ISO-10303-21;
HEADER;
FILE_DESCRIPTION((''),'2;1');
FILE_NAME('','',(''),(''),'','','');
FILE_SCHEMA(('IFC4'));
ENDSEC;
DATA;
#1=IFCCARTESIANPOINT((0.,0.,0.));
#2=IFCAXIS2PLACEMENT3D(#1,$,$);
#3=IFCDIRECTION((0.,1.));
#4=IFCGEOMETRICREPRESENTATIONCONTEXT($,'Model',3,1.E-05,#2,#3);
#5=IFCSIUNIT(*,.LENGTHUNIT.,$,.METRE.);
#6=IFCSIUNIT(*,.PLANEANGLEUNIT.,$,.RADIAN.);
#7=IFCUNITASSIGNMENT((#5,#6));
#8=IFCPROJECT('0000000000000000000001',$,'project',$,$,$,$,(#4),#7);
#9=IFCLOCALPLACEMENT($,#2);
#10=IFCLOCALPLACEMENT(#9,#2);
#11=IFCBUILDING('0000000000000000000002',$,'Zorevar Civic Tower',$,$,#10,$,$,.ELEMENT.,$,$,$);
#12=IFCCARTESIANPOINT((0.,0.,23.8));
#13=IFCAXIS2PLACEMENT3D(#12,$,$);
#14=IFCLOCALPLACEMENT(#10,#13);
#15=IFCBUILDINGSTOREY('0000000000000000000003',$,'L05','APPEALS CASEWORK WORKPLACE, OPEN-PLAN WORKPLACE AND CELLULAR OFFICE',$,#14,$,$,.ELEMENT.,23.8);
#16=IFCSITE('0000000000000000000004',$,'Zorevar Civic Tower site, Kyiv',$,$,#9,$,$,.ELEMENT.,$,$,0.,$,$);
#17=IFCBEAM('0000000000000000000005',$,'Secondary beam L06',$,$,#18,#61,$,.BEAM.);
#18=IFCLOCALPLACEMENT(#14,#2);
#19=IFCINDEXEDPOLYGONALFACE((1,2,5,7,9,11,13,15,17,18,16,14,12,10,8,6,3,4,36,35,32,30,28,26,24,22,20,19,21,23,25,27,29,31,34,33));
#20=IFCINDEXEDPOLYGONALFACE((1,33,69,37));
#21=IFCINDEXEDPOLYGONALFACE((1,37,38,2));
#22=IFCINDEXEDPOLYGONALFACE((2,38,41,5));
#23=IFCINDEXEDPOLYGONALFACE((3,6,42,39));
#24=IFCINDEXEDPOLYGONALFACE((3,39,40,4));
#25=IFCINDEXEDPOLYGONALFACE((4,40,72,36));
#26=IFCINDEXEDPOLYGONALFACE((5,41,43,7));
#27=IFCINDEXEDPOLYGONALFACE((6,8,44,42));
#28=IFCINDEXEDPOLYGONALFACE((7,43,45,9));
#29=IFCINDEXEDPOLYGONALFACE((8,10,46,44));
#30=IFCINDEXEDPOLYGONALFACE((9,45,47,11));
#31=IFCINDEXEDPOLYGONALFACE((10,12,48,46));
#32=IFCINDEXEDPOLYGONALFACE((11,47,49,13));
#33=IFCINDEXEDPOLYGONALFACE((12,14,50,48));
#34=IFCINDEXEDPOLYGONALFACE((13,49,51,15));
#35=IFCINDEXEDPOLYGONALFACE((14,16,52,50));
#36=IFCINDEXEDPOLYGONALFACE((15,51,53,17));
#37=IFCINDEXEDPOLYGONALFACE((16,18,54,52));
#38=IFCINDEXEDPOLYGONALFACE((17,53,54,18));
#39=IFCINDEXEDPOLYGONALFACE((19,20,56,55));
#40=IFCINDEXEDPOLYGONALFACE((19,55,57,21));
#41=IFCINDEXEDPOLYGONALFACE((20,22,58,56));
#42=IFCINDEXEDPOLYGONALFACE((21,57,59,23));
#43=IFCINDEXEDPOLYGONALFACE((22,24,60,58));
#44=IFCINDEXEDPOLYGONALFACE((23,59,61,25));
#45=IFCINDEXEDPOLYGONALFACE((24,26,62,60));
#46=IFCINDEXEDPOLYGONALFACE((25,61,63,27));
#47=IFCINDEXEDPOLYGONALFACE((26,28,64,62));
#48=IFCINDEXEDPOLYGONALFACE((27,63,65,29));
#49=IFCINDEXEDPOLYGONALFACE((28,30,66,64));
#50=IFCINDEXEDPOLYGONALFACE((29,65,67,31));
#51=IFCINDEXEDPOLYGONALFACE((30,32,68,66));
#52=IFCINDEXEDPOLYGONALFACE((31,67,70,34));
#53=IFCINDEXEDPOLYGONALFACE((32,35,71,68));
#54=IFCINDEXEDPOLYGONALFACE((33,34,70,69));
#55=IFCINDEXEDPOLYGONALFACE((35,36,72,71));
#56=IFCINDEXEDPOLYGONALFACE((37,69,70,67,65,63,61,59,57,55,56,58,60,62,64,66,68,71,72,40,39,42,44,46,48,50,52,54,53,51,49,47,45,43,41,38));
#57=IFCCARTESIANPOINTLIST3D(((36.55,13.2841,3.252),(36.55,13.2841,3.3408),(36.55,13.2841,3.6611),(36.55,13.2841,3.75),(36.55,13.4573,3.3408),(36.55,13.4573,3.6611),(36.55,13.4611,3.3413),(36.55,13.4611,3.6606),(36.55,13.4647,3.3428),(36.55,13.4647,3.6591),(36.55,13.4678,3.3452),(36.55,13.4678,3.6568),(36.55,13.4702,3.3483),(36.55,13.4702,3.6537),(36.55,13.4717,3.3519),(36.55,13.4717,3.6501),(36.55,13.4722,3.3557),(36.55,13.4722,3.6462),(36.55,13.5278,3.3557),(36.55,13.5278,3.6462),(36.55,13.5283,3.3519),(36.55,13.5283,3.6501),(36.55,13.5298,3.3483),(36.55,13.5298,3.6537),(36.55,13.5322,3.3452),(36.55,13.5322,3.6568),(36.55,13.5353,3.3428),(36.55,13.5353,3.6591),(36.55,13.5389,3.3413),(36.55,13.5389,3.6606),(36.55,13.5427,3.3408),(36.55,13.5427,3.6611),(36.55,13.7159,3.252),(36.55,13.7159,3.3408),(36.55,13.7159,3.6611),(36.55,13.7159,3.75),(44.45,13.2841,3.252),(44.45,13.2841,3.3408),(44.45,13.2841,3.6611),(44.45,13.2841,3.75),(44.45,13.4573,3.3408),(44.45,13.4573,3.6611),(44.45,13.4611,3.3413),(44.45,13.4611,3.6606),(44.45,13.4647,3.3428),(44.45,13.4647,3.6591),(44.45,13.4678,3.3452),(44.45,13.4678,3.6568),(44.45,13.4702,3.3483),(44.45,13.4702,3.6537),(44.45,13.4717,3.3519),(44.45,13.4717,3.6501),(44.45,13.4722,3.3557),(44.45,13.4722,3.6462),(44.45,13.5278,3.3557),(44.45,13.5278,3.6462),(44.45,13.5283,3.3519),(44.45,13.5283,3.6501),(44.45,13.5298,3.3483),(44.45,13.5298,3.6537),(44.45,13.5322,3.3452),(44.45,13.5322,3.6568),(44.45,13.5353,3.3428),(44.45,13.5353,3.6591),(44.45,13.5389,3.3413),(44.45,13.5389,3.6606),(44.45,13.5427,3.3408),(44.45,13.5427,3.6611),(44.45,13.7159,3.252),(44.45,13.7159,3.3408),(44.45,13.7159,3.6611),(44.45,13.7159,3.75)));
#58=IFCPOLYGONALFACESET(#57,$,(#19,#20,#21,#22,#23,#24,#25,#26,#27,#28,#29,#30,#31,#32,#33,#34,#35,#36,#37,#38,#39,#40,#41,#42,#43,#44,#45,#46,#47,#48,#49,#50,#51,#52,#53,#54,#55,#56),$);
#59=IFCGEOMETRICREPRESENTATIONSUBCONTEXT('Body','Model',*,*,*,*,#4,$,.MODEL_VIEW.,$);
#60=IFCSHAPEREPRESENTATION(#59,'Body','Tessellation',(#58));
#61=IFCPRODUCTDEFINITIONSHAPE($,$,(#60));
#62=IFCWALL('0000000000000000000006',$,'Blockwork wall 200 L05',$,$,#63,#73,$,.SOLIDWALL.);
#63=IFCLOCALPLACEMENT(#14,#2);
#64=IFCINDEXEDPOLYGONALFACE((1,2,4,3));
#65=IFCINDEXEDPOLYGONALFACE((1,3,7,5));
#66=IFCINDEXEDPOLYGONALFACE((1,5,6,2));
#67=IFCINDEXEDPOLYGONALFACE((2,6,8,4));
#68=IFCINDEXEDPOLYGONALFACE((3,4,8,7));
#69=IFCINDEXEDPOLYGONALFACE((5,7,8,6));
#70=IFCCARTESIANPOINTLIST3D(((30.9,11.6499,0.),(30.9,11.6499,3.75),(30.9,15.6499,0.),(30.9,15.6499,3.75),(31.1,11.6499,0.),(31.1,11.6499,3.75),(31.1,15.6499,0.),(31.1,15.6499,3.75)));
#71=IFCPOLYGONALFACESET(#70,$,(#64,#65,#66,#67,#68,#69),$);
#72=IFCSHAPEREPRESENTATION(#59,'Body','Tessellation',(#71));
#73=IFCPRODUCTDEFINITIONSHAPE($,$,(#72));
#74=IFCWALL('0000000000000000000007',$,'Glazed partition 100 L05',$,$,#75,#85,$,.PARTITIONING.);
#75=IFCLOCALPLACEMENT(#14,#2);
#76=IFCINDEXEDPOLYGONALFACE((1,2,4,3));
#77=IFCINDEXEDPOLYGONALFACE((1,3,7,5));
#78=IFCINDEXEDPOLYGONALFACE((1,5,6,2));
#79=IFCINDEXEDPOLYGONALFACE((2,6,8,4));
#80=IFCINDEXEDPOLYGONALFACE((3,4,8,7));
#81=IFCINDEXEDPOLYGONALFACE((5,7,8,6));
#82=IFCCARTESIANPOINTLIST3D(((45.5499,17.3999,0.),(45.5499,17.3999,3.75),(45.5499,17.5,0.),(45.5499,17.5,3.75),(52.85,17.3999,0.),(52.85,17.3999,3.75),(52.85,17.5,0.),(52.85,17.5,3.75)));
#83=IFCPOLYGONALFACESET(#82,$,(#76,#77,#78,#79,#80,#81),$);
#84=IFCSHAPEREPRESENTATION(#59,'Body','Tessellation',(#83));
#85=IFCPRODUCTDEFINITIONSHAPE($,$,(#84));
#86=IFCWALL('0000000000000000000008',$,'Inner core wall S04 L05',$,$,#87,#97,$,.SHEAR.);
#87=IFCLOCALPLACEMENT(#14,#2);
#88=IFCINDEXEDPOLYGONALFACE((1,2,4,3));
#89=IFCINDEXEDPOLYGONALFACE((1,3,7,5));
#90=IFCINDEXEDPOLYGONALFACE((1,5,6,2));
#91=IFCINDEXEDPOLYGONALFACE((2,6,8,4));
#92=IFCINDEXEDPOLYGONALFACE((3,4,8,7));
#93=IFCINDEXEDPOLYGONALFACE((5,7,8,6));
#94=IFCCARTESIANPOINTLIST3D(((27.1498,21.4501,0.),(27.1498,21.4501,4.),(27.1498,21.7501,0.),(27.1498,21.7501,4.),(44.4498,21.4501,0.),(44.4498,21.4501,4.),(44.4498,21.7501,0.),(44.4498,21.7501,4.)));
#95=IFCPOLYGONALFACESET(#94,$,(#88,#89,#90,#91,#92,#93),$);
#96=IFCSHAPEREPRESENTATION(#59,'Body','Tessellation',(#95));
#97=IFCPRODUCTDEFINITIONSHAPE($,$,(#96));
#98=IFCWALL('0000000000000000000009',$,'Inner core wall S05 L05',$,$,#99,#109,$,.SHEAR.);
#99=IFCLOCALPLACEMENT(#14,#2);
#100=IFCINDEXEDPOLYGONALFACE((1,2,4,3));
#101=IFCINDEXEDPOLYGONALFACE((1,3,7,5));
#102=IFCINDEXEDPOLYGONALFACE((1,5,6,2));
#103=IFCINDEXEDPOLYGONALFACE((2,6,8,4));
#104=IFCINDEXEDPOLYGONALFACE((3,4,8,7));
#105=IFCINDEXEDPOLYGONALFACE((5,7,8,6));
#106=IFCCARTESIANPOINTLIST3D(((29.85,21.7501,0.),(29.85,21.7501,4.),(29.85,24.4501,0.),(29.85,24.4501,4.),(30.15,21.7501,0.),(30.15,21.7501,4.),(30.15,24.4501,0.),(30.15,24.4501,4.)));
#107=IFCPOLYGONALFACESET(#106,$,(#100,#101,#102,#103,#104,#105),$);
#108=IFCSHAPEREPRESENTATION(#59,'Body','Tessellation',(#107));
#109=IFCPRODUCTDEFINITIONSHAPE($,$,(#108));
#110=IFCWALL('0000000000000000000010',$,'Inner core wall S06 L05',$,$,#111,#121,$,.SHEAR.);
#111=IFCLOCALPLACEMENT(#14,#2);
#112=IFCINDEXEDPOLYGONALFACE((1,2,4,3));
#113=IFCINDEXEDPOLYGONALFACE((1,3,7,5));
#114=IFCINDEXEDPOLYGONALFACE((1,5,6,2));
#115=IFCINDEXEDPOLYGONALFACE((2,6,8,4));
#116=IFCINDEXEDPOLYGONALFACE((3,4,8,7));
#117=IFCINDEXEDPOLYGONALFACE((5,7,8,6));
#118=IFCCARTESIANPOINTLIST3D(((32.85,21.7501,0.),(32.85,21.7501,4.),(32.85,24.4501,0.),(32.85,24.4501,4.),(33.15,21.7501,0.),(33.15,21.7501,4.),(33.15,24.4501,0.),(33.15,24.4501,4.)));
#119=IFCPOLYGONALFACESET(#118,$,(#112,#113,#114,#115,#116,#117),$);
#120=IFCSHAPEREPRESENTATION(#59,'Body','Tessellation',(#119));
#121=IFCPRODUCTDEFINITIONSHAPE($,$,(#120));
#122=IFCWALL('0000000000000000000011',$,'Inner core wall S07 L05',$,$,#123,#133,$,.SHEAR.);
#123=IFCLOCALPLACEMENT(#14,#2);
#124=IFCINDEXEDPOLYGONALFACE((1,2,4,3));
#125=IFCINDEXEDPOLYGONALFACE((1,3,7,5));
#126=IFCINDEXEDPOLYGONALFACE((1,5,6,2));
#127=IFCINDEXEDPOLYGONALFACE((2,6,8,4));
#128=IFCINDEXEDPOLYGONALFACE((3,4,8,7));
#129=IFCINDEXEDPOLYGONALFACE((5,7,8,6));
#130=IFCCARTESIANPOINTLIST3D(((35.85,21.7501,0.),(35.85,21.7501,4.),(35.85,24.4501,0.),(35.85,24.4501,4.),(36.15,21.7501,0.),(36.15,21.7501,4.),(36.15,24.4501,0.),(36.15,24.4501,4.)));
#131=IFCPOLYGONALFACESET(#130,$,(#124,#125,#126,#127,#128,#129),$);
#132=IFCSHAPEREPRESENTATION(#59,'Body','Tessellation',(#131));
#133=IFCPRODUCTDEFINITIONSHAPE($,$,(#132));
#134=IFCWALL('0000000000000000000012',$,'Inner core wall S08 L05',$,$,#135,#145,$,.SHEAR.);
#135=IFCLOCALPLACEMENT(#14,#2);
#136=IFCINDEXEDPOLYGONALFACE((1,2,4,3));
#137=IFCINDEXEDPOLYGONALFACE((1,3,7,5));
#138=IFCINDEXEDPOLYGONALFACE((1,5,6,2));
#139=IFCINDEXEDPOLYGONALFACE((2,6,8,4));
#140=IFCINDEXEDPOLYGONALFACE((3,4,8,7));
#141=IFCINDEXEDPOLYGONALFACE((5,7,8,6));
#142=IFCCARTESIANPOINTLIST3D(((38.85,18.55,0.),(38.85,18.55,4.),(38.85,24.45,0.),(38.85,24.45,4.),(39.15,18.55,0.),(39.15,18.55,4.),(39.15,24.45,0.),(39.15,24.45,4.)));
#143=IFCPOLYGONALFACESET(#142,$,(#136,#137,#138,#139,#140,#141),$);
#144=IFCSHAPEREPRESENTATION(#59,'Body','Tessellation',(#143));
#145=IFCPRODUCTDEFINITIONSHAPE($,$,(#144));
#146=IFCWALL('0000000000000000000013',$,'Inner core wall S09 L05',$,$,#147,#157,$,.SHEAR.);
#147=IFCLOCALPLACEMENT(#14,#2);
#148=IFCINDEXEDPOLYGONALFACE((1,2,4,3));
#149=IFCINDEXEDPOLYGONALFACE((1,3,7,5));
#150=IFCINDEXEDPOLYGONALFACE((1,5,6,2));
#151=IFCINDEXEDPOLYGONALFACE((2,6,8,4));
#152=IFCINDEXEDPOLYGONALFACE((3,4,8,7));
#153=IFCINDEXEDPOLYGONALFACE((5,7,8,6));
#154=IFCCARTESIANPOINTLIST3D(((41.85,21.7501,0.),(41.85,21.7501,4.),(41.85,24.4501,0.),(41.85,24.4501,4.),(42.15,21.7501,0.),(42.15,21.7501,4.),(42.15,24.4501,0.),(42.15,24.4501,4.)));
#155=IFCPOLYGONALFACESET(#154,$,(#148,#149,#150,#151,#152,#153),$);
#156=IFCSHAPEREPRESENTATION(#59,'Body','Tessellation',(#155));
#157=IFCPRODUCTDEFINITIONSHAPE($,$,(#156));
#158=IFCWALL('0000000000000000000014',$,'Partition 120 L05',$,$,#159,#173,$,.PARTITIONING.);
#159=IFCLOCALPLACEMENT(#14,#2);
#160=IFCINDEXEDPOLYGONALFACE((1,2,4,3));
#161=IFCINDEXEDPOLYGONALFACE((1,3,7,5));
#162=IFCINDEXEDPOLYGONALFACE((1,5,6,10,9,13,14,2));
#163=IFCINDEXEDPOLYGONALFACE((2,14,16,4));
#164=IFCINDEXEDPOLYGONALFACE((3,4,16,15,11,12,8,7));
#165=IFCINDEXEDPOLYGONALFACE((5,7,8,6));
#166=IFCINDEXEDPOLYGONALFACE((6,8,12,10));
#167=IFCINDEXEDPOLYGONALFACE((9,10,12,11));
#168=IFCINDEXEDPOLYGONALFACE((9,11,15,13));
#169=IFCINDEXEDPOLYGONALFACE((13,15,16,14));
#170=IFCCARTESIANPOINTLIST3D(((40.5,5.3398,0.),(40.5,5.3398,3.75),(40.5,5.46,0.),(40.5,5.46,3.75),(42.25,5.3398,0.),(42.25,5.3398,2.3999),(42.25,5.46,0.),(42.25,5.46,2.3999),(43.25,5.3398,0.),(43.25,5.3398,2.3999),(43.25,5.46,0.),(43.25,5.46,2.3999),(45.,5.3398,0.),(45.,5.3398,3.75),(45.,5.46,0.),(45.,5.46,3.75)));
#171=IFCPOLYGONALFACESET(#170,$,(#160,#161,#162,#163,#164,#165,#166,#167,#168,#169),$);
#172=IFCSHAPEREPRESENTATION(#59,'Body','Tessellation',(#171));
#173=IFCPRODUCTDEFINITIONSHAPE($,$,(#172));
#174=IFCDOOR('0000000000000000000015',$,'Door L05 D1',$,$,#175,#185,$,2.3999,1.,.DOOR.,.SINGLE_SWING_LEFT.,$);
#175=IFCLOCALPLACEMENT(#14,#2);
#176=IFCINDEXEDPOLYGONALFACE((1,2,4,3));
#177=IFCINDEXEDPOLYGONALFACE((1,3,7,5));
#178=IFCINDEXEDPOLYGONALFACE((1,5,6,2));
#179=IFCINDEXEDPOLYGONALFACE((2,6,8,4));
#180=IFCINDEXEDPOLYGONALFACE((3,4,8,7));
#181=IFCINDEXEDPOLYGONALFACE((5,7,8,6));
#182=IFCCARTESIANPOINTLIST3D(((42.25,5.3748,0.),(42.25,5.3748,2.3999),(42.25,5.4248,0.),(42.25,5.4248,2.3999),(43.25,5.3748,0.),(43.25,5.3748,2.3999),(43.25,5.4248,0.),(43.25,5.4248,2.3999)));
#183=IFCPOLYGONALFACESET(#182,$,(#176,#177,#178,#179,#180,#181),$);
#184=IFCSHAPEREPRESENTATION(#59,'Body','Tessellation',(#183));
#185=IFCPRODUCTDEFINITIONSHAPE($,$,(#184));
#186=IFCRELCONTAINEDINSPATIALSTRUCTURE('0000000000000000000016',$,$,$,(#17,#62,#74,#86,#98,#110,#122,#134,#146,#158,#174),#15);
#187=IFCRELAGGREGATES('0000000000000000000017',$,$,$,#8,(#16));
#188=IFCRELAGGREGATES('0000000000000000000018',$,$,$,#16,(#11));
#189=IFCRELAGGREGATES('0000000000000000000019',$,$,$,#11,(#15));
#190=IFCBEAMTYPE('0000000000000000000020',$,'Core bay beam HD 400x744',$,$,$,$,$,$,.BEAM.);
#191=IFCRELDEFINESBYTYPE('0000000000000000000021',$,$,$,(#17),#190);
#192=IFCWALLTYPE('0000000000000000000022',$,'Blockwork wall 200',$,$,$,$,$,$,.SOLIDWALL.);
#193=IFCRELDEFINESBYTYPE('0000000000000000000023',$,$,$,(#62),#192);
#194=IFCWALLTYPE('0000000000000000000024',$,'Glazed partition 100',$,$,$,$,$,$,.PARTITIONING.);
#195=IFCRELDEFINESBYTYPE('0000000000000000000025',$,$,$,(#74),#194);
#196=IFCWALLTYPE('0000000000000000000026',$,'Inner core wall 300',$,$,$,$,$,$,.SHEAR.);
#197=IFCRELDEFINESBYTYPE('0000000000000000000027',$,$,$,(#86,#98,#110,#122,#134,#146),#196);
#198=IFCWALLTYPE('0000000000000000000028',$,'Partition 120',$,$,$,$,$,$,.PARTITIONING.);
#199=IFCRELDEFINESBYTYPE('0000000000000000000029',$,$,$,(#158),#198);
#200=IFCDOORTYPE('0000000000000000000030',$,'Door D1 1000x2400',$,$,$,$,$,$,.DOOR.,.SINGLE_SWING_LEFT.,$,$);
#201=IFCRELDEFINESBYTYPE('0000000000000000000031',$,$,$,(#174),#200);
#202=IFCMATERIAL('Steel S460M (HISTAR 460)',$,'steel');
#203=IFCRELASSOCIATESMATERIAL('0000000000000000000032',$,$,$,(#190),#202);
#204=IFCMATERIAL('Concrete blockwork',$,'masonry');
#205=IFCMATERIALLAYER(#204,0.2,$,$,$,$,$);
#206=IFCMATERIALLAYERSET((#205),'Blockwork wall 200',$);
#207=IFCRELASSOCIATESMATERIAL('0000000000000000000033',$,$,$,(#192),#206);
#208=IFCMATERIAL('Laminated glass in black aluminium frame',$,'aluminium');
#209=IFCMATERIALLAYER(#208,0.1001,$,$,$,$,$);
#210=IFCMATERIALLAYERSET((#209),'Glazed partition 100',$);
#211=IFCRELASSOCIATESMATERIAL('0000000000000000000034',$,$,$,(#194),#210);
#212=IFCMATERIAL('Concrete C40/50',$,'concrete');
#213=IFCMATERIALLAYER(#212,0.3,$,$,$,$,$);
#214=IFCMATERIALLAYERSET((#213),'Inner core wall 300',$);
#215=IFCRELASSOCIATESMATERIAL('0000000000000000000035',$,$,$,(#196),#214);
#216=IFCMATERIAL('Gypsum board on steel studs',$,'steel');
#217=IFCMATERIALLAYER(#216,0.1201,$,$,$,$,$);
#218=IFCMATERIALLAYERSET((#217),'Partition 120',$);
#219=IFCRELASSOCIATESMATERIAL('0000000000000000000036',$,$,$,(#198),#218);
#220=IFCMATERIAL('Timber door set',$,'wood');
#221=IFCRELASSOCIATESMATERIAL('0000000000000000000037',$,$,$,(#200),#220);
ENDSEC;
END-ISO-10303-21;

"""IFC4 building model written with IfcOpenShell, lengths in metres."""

from ifc_helpers import new_model, si_unit, direction, frame, frame_2d, origin, origin_2d, place, context, subcontext, project, spatial, rectangle, i_section, extrude, material, layer, layer_set, material_profile, profile_set, type_object, element, fill, save


model = new_model("IFC4")

# Units and contexts
model_context = context("Model", 3, precision=1e-05, world=origin(), true_north=direction((0.0, 1.0)))
body_context = subcontext(model_context, "Body", "Model", "MODEL_VIEW")
ifc_project = project(units=[si_unit("LENGTHUNIT", "METRE"), si_unit("PLANEANGLEUNIT", "RADIAN")], contexts=[model_context])

# Site, building, storey
site_placement = place(None, origin())
site = spatial("IfcSite", under=ifc_project, at=site_placement, Name="Zorevar Civic Tower site, Kyiv", CompositionType="ELEMENT", RefElevation=0.0)
building_placement = place(site_placement, origin())
building = spatial("IfcBuilding", under=site, at=building_placement, Name="Zorevar Civic Tower", CompositionType="ELEMENT")
storey_placement = place(building_placement, frame((0.0, 0.0, 23.8)))
storey = spatial("IfcBuildingStorey", under=building, at=storey_placement, Name="L05", Description="APPEALS CASEWORK WORKPLACE, OPEN-PLAN WORKPLACE AND CELLULAR OFFICE", CompositionType="ELEMENT", Elevation=23.8)

# Beam
ifc_material_1 = material(Name="Steel S460M (HISTAR 460)", Category="steel")
ifc_material_profile_1 = material_profile(ifc_material_1, i_section(OverallWidth=0.4319, OverallDepth=0.498, WebThickness=0.0557, FlangeThickness=0.0889, FilletRadius=0.0149, at=origin_2d()), Name="HD 400x744")
ifc_profile_set_1 = profile_set([ifc_material_profile_1], Name="Steel S460M (HISTAR 460)")
beam_type_1 = type_object("IfcBeamType", Name="Core bay beam HD 400x744", PredefinedType="BEAM", material=ifc_profile_set_1)
for number, where, z_axis, x_axis, name in (
    (1, (36.55, 13.5, 3.501), (1.0, 0.0, 0.0), (0.0, 1.0, 0.0), "Secondary beam L06"),
):
    element("IfcBeam", number, at=place(storey_placement, frame(where, z_axis=z_axis, x_axis=x_axis)), inside=storey, type_object=beam_type_1, Name=name, PredefinedType="BEAM", context=body_context, shape_type="SweptSolid", body=[
        extrude(i_section(OverallWidth=0.4319, OverallDepth=0.498, WebThickness=0.0557, FlangeThickness=0.0889, FilletRadius=0.0149, at=origin_2d()), origin(), (0.0, 0.0, 1.0), 7.8999),
    ])

# Wall
ifc_material_2 = material(Name="Concrete blockwork", Category="masonry")
ifc_layer_1 = layer(ifc_material_2, 0.2)
ifc_layer_set_1 = layer_set([ifc_layer_1], Name="Blockwork wall 200")
wall_type_1 = type_object("IfcWallType", Name="Blockwork wall 200", PredefinedType="SOLIDWALL", material=ifc_layer_set_1)
wall_1_placement = place(storey_placement, frame((31.0, 11.6499, 0.0), z_axis=(0.0, 0.0, 1.0), x_axis=(0.0, 1.0, 0.0)))
element("IfcWall", 2, at=wall_1_placement, inside=storey, type_object=wall_type_1, Name="Blockwork wall 200 L05", PredefinedType="SOLIDWALL", context=body_context, shape_type="SweptSolid", body=[
    extrude(rectangle(XDim=4.0, YDim=0.2, at=frame_2d((2.0, 0.0))), origin(), (0.0, 0.0, 1.0), 3.75),
])

# Walls
ifc_material_3 = material(Name="Laminated glass in black aluminium frame", Category="aluminium")
ifc_layer_2 = layer(ifc_material_3, 0.1001)
ifc_layer_set_2 = layer_set([ifc_layer_2], Name="Glazed partition 100")
wall_type_2 = type_object("IfcWallType", Name="Glazed partition 100", PredefinedType="PARTITIONING", material=ifc_layer_set_2)
wall_2_placement = place(storey_placement, frame((45.55, 17.45, 0.0), z_axis=(0.0, 0.0, 1.0), x_axis=(1.0, 0.0, 0.0)))
element("IfcWall", 3, at=wall_2_placement, inside=storey, type_object=wall_type_2, Name="Glazed partition 100 L05", PredefinedType="PARTITIONING", context=body_context, shape_type="SweptSolid", body=[
    extrude(rectangle(XDim=7.3, YDim=0.1001, at=frame_2d((3.6499, 0.0))), origin(), (0.0, 0.0, 1.0), 3.75),
])
ifc_material_4 = material(Name="Concrete C40/50", Category="concrete")
ifc_layer_3 = layer(ifc_material_4, 0.3)
ifc_layer_set_3 = layer_set([ifc_layer_3], Name="Inner core wall 300")
wall_type_3 = type_object("IfcWallType", Name="Inner core wall 300", PredefinedType="SHEAR", material=ifc_layer_set_3)
wall_3_placement = place(storey_placement, frame((27.1499, 21.6001, 0.0), z_axis=(0.0, 0.0, 1.0), x_axis=(1.0, 0.0, 0.0)))
element("IfcWall", 4, at=wall_3_placement, inside=storey, type_object=wall_type_3, Name="Inner core wall S04 L05", PredefinedType="SHEAR", context=body_context, shape_type="SweptSolid", body=[
    extrude(rectangle(XDim=17.3, YDim=0.3, at=frame_2d((8.6499, 0.0))), origin(), (0.0, 0.0, 1.0), 4.0),
])
for number, where, z_axis, x_axis, name in (
    (5, (30.0, 21.75, 0.0), (0.0, 0.0, 1.0), (0.0, 1.0, 0.0), "Inner core wall S05 L05"),
    (6, (33.0, 21.75, 0.0), (0.0, 0.0, 1.0), (0.0, 1.0, 0.0), "Inner core wall S06 L05"),
    (7, (36.0, 21.75, 0.0), (0.0, 0.0, 1.0), (0.0, 1.0, 0.0), "Inner core wall S07 L05"),
):
    element("IfcWall", number, at=place(storey_placement, frame(where, z_axis=z_axis, x_axis=x_axis)), inside=storey, type_object=wall_type_3, Name=name, PredefinedType="SHEAR", context=body_context, shape_type="SweptSolid", body=[
        extrude(rectangle(XDim=2.7, YDim=0.3, at=frame_2d((1.3501, 0.0))), origin(), (0.0, 0.0, 1.0), 4.0),
    ])
wall_4_placement = place(storey_placement, frame((39.0, 18.55, 0.0), z_axis=(0.0, 0.0, 1.0), x_axis=(0.0, 1.0, 0.0)))
element("IfcWall", 8, at=wall_4_placement, inside=storey, type_object=wall_type_3, Name="Inner core wall S08 L05", PredefinedType="SHEAR", context=body_context, shape_type="SweptSolid", body=[
    extrude(rectangle(XDim=5.8999, YDim=0.3, at=frame_2d((2.95, 0.0))), origin(), (0.0, 0.0, 1.0), 4.0),
])
wall_5_placement = place(storey_placement, frame((42.0, 21.75, 0.0), z_axis=(0.0, 0.0, 1.0), x_axis=(0.0, 1.0, 0.0)))
element("IfcWall", 9, at=wall_5_placement, inside=storey, type_object=wall_type_3, Name="Inner core wall S09 L05", PredefinedType="SHEAR", context=body_context, shape_type="SweptSolid", body=[
    extrude(rectangle(XDim=2.7, YDim=0.3, at=frame_2d((1.3501, 0.0))), origin(), (0.0, 0.0, 1.0), 4.0),
])

# Wall, opening, door
ifc_material_5 = material(Name="Gypsum board on steel studs", Category="steel")
ifc_layer_4 = layer(ifc_material_5, 0.1201)
ifc_layer_set_4 = layer_set([ifc_layer_4], Name="Partition 120")
wall_type_4 = type_object("IfcWallType", Name="Partition 120", PredefinedType="PARTITIONING", material=ifc_layer_set_4)
wall_6_placement = place(storey_placement, frame((40.5, 5.3999, 0.0), z_axis=(0.0, 0.0, 1.0), x_axis=(1.0, 0.0, 0.0)))
wall_6 = element("IfcWall", 10, at=wall_6_placement, inside=storey, type_object=wall_type_4, Name="Partition 120 L05", PredefinedType="PARTITIONING", context=body_context, shape_type="SweptSolid", body=[
    extrude(rectangle(XDim=4.5, YDim=0.1201, at=frame_2d((2.25, 0.0))), origin(), (0.0, 0.0, 1.0), 3.75),
])
opening_1_placement = place(wall_6_placement, frame((1.75, 0.0, 0.0)))
opening_1 = element("IfcOpeningElement", 11, at=opening_1_placement, cuts=wall_6, PredefinedType="OPENING", context=body_context, shape_type="SweptSolid", body=[
    extrude(rectangle(XDim=1.0, YDim=2.3999, at=frame_2d((0.5, 1.2))), frame((0.0, 0.0701, 0.0), z_axis=(0.0, -1.0, 0.0), x_axis=(1.0, 0.0, 0.0)), (0.0, 0.0, 1.0), 0.1401),
])
ifc_material_6 = material(Name="Timber door set", Category="wood")
door_type_1 = type_object("IfcDoorType", Name="Door D1 1000x2400", OperationType="SINGLE_SWING_LEFT", PredefinedType="DOOR", material=ifc_material_6)
door_1_placement = place(opening_1_placement, origin())
door_1 = element("IfcDoor", 12, at=door_1_placement, inside=storey, type_object=door_type_1, Name="Door L05 D1", OperationType="SINGLE_SWING_LEFT", OverallHeight=2.3999, OverallWidth=1.0, PredefinedType="DOOR", context=body_context, shape_type="SweptSolid", body=[
    extrude(rectangle(XDim=1.0, YDim=2.3999, at=frame_2d((0.5, 1.2))), frame((0.0, 0.0249, 0.0), z_axis=(0.0, -1.0, 0.0), x_axis=(1.0, 0.0, 0.0)), (0.0, 0.0, 1.0), 0.05),
])
fill(opening_1, door_1)

save(model, "model.ifc")
